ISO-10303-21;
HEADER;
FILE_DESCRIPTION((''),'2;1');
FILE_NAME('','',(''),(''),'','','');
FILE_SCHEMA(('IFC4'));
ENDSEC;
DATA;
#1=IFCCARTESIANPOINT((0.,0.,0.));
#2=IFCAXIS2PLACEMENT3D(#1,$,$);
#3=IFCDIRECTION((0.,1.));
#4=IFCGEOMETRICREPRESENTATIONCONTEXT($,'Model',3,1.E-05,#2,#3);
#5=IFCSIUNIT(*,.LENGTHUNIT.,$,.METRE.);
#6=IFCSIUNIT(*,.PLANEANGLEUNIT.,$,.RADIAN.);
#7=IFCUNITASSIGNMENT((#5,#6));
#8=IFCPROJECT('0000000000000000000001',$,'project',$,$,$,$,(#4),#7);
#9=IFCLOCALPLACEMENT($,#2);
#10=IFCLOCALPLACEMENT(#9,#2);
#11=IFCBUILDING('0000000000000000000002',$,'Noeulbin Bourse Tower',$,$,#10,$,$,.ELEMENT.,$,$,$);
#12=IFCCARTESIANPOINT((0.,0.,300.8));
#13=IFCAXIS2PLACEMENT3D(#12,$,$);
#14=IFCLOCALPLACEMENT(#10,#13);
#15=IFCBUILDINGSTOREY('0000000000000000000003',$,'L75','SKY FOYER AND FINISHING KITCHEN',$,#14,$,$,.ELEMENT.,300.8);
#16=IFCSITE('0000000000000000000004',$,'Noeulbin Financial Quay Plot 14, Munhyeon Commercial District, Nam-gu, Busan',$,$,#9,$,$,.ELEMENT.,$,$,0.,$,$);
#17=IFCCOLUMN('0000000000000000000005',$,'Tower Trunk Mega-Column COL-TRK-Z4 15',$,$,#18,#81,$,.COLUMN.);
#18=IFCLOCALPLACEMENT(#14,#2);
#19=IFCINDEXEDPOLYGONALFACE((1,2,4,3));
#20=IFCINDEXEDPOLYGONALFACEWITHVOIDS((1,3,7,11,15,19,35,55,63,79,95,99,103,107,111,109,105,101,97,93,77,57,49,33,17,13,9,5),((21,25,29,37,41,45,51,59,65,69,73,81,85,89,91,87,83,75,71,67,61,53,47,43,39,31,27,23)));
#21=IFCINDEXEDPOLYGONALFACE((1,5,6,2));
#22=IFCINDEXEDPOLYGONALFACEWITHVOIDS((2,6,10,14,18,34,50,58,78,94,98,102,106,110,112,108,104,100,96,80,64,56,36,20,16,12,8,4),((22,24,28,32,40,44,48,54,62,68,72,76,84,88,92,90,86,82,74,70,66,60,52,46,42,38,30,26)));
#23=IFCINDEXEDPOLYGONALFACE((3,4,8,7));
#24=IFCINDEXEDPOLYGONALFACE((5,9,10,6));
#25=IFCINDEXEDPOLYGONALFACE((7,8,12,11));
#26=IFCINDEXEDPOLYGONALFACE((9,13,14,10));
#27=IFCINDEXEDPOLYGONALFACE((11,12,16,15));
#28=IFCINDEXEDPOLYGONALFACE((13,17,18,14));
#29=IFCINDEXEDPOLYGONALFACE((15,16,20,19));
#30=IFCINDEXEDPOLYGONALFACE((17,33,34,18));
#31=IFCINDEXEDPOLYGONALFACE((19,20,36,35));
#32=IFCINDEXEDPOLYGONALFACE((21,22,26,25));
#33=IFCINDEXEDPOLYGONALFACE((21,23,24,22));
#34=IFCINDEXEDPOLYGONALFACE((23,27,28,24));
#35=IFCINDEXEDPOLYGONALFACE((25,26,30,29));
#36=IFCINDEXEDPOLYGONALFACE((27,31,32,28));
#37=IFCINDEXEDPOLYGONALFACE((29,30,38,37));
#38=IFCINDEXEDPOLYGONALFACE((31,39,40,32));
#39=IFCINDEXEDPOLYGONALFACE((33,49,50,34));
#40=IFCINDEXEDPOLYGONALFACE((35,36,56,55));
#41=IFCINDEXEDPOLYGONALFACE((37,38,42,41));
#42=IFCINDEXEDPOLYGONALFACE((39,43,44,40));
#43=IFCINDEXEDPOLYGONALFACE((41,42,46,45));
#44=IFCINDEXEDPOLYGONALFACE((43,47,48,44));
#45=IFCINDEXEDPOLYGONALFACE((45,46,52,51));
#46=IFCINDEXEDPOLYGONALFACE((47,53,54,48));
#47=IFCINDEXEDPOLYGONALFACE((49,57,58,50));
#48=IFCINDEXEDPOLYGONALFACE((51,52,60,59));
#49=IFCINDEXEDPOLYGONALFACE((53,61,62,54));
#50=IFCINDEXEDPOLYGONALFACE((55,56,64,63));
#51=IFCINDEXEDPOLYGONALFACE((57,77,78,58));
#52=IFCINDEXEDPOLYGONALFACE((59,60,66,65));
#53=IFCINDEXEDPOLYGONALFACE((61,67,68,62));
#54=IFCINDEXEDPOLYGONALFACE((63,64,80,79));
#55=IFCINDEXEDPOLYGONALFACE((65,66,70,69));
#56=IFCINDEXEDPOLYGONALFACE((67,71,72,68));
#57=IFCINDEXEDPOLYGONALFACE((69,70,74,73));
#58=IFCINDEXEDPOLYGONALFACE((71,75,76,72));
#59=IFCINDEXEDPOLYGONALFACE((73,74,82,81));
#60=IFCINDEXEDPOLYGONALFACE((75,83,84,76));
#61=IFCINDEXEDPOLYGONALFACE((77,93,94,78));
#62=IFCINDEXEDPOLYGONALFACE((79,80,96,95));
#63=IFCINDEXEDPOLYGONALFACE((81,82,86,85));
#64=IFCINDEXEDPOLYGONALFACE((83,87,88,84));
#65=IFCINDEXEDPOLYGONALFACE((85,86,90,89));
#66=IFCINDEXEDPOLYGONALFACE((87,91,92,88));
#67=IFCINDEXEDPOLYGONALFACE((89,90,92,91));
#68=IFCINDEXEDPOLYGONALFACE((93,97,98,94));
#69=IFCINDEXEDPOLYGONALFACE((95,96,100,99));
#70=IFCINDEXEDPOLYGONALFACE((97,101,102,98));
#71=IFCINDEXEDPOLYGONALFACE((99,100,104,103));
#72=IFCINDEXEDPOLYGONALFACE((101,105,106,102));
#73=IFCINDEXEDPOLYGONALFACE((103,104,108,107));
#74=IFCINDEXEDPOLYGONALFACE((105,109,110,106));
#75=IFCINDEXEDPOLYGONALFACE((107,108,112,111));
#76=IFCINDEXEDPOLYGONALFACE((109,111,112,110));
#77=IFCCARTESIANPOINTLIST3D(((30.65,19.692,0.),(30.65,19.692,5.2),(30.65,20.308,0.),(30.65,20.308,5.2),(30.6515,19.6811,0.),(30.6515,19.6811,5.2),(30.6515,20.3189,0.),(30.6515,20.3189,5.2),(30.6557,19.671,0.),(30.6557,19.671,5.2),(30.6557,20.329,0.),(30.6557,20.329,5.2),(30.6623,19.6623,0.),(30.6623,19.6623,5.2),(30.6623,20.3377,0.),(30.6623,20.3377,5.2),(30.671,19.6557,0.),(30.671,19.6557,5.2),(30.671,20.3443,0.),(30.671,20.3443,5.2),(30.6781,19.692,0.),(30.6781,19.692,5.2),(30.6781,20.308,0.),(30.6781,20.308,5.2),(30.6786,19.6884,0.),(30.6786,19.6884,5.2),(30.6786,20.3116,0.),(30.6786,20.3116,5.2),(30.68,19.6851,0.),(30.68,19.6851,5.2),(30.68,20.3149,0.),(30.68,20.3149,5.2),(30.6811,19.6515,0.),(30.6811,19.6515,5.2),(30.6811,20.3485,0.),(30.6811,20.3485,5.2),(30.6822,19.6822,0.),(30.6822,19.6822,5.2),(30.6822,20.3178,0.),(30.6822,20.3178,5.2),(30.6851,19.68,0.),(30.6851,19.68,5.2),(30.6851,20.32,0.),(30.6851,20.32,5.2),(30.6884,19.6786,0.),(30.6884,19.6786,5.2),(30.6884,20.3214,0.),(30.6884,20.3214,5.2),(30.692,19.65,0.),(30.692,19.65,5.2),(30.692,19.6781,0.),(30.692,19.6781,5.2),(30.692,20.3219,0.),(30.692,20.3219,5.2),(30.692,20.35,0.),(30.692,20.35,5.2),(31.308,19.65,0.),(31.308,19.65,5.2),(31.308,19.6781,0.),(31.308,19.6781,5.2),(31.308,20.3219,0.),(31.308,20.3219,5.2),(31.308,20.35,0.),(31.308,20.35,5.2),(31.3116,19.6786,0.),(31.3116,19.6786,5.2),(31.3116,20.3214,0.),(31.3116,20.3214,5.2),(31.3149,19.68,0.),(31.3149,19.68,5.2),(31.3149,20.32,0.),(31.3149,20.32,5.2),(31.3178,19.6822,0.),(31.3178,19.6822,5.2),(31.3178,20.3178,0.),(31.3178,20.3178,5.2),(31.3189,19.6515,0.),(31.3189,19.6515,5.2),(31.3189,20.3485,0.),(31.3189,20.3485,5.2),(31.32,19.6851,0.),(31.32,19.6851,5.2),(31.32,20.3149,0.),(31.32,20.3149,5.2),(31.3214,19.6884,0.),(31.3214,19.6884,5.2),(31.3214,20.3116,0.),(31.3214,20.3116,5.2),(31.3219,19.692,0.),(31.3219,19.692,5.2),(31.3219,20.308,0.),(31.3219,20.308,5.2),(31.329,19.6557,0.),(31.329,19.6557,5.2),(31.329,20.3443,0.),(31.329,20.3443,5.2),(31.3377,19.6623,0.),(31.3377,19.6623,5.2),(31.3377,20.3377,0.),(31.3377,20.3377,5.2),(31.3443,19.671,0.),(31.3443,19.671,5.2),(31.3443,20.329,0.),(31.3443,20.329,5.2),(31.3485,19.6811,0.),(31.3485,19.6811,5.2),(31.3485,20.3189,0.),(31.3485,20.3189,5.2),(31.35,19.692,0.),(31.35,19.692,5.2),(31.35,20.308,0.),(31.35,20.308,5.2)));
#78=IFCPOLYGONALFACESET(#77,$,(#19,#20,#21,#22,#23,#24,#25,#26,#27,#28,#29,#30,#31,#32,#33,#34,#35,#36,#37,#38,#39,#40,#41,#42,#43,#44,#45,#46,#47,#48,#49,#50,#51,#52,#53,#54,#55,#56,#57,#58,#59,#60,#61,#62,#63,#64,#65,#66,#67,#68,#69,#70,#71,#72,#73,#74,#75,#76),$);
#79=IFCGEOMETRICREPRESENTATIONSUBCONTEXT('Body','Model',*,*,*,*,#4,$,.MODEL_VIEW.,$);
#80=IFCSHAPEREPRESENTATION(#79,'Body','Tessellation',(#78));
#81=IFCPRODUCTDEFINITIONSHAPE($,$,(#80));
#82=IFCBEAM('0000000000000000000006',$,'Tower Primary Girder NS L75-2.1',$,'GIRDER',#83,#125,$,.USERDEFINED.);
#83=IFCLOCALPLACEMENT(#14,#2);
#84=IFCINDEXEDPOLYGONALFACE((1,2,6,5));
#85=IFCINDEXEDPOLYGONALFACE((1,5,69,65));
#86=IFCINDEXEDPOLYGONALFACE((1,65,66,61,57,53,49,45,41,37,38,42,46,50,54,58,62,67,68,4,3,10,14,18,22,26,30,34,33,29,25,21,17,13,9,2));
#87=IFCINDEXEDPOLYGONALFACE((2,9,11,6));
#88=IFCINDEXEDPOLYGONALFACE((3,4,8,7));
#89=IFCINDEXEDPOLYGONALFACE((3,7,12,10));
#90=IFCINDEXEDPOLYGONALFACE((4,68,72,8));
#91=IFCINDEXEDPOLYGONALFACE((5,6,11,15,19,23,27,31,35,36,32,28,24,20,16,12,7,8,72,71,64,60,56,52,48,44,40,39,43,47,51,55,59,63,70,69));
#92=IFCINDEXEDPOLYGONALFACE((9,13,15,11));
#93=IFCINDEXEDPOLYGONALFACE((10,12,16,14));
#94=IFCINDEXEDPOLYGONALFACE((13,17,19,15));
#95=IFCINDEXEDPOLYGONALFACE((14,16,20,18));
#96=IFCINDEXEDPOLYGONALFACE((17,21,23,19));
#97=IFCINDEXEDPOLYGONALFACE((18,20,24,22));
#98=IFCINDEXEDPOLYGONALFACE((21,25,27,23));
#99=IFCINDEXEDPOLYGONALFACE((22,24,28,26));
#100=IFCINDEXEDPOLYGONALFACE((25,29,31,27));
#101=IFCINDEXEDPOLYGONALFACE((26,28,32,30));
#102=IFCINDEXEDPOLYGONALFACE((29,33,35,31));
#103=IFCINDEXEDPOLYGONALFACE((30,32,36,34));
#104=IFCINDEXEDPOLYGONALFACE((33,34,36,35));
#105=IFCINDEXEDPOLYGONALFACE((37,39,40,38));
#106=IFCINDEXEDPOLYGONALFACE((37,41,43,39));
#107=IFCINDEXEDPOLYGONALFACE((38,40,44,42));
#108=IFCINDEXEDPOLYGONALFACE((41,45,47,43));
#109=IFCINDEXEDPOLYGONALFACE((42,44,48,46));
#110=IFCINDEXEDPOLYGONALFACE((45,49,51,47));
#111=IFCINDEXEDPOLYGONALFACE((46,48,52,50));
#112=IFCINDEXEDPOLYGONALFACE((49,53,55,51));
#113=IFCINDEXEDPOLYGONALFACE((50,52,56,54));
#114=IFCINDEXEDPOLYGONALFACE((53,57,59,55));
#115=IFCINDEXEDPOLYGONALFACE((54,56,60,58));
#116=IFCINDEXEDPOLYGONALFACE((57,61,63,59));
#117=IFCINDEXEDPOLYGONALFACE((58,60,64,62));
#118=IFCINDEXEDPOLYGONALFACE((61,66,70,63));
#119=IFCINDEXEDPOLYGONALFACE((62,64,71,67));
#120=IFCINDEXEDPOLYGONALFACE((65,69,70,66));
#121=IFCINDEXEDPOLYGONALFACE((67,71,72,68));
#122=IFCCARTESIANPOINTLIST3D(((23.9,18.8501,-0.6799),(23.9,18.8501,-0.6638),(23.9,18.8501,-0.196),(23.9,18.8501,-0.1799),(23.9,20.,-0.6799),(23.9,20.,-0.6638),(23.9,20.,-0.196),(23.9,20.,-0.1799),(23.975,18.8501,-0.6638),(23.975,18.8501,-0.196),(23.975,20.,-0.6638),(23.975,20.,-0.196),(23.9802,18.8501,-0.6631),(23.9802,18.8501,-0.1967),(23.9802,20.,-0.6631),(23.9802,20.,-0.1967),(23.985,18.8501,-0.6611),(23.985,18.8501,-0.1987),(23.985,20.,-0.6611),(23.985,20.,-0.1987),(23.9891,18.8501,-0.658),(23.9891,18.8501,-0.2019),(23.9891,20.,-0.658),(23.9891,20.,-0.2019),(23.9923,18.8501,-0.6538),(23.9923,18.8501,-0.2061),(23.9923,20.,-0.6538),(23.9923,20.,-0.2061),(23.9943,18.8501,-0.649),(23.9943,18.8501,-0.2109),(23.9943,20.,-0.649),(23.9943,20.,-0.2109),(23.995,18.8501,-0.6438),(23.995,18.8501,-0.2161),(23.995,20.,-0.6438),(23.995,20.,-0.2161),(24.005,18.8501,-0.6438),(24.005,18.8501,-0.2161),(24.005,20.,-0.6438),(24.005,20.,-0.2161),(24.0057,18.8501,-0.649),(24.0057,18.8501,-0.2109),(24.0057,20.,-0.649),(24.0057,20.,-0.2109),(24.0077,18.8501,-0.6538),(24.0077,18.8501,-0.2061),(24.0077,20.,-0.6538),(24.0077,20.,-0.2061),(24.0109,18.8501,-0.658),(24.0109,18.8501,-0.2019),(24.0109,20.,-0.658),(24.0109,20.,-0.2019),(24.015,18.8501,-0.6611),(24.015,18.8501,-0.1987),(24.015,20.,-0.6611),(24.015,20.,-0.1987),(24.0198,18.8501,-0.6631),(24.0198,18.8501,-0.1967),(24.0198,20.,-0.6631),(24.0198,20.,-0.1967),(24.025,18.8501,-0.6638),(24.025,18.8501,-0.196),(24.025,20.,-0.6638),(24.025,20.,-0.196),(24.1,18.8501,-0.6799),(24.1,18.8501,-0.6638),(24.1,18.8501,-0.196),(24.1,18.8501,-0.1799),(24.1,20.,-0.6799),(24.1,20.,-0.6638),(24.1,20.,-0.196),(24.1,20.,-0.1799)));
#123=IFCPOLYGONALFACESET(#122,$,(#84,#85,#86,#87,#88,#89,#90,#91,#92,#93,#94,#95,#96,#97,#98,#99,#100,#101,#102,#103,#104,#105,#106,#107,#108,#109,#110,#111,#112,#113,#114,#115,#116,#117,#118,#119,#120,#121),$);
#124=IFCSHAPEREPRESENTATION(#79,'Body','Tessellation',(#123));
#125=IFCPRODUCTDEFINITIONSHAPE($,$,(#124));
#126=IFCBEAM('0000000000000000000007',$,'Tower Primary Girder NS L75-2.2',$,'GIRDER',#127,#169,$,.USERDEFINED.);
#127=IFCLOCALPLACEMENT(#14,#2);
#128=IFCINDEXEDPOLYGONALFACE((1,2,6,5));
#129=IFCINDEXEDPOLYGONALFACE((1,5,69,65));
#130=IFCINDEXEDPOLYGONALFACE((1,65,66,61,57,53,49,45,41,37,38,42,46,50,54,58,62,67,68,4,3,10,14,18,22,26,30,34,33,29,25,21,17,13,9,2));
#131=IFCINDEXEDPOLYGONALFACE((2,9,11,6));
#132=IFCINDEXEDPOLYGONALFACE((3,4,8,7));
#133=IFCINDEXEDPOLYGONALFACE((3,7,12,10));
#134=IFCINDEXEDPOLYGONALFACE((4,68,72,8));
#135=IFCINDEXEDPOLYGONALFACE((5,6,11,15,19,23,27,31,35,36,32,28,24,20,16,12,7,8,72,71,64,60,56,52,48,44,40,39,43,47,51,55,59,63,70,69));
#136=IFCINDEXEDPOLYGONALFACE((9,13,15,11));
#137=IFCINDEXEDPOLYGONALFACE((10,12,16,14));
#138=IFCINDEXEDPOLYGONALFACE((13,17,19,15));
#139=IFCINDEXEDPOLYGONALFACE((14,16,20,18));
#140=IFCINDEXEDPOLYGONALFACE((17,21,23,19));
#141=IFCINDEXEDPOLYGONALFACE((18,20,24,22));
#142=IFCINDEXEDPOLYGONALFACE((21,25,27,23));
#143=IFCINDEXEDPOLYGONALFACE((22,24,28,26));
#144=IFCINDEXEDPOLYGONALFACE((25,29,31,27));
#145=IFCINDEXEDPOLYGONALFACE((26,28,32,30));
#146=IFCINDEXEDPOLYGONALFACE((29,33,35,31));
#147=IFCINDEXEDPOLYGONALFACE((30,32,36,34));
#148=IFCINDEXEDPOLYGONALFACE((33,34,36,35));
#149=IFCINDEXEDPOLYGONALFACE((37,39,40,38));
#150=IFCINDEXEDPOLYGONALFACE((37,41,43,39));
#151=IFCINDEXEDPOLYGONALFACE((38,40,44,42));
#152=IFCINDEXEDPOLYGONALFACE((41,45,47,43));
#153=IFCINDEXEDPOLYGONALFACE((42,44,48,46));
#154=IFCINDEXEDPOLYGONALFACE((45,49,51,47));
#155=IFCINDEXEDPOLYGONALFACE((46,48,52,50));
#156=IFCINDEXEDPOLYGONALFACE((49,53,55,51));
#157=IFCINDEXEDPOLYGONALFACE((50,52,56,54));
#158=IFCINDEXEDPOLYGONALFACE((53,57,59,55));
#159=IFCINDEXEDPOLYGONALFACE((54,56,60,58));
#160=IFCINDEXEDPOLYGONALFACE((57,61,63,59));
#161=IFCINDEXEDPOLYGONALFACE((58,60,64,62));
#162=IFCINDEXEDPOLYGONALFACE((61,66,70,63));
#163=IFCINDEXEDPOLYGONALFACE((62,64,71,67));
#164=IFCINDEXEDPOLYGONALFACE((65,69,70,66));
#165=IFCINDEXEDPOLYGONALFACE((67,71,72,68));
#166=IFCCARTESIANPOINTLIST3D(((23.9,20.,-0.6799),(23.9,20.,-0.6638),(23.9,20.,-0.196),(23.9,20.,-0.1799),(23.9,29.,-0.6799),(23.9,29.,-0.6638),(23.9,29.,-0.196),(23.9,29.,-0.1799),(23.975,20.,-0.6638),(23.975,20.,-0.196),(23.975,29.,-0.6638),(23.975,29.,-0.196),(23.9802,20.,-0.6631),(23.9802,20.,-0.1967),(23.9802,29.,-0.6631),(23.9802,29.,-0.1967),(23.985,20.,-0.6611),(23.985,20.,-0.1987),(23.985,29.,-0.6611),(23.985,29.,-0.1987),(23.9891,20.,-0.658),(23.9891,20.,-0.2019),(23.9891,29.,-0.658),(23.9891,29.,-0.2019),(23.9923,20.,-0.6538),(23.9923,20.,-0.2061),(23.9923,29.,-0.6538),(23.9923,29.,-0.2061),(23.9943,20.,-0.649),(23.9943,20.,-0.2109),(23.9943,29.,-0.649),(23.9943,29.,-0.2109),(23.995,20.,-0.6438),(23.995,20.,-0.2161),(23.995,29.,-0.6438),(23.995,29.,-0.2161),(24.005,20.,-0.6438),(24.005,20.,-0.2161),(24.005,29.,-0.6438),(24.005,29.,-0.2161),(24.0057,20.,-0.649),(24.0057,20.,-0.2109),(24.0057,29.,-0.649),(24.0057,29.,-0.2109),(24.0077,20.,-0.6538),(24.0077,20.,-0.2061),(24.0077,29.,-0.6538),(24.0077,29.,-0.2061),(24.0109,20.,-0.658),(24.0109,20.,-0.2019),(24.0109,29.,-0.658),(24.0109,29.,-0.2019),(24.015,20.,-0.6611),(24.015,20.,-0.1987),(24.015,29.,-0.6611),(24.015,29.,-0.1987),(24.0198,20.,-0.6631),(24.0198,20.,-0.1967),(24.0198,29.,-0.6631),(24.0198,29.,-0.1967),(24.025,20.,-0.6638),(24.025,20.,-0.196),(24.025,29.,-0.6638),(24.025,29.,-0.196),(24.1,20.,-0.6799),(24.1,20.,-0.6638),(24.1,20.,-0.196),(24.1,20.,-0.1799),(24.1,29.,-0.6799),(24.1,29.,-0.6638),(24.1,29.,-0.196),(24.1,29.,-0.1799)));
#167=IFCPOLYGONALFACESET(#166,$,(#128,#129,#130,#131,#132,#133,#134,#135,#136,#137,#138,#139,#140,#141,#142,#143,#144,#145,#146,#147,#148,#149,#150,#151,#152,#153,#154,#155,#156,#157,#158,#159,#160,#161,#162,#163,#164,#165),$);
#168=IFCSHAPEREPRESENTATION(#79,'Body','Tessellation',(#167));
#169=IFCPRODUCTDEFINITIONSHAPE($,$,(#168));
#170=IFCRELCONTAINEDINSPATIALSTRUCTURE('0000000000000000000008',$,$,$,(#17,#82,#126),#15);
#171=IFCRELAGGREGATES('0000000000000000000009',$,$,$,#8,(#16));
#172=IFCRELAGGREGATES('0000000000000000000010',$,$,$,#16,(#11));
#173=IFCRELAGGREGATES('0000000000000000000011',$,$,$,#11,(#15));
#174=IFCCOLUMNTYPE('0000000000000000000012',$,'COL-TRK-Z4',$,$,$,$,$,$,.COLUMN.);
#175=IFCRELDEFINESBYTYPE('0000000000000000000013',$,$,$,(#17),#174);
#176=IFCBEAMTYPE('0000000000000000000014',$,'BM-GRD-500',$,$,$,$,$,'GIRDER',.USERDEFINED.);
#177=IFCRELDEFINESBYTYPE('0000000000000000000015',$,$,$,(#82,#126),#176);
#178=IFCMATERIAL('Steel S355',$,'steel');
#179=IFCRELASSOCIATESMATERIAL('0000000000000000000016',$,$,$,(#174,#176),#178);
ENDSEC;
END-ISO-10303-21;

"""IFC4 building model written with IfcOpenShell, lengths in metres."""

from ifc_helpers import new_model, si_unit, direction, frame, origin, origin_2d, place, context, subcontext, project, spatial, hollow_rectangle, i_section, extrude, material, material_profile, profile_set, type_object, element, save


model = new_model("IFC4")

# Units and contexts
model_context = context("Model", 3, precision=1e-05, world=origin(), true_north=direction((0.0, 1.0)))
body_context = subcontext(model_context, "Body", "Model", "MODEL_VIEW")
ifc_project = project(units=[si_unit("LENGTHUNIT", "METRE"), si_unit("PLANEANGLEUNIT", "RADIAN")], contexts=[model_context])

# Site, building, storey
site_placement = place(None, origin())
site = spatial("IfcSite", under=ifc_project, at=site_placement, Name="Noeulbin Financial Quay Plot 14, Munhyeon Commercial District, Nam-gu, Busan", CompositionType="ELEMENT", RefElevation=0.0)
building_placement = place(site_placement, origin())
building = spatial("IfcBuilding", under=site, at=building_placement, Name="Noeulbin Bourse Tower", CompositionType="ELEMENT")
storey_placement = place(building_placement, frame((0.0, 0.0, 300.8)))
storey = spatial("IfcBuildingStorey", under=building, at=storey_placement, Name="L75", Description="SKY FOYER AND FINISHING KITCHEN", CompositionType="ELEMENT", Elevation=300.8)

# Column
ifc_material_1 = material(Name="Steel S355", Category="steel")
ifc_material_profile_1 = material_profile(ifc_material_1, hollow_rectangle(XDim=0.7, YDim=0.7, WallThickness=0.0281, InnerFilletRadius=0.0139, OuterFilletRadius=0.042, at=origin_2d()), Name="BOX-700x700x28", Category="LoadBearing")
ifc_profile_set_1 = profile_set([ifc_material_profile_1], Name="Steel S355")
column_type = type_object("IfcColumnType", Name="COL-TRK-Z4", PredefinedType="COLUMN", material=ifc_profile_set_1)
for number, where, z_axis, x_axis, name in (
    (1, (31.0, 20.0, 0.0), (0.0, 0.0, 1.0), (1.0, 0.0, 0.0), "Tower Trunk Mega-Column COL-TRK-Z4 15"),
):
    element("IfcColumn", number, at=place(storey_placement, frame(where, z_axis=z_axis, x_axis=x_axis)), inside=storey, type_object=column_type, Name=name, PredefinedType="COLUMN", context=body_context, shape_type="SweptSolid", body=[
        extrude(hollow_rectangle(XDim=0.7, YDim=0.7, WallThickness=0.0281, InnerFilletRadius=0.0139, OuterFilletRadius=0.042, at=origin_2d()), origin(), (0.0, 0.0, 1.0), 5.2),
    ])

# Beams
ifc_material_profile_2 = material_profile(ifc_material_1, i_section(OverallWidth=0.2, OverallDepth=0.5, WebThickness=0.01, FlangeThickness=0.0161, FilletRadius=0.02, at=origin_2d()), Name="H-500x200x10x16", Category="LoadBearing")
ifc_profile_set_2 = profile_set([ifc_material_profile_2], Name="Steel S355")
beam_type_1 = type_object("IfcBeamType", Name="BM-GRD-500", ElementType="GIRDER", PredefinedType="USERDEFINED", material=ifc_profile_set_2)
beam_1_placement = place(storey_placement, frame((24.0, 18.8501, -0.4299), z_axis=(0.0, 1.0, 0.0), x_axis=(-1.0, 0.0, 0.0)))
element("IfcBeam", 2, at=beam_1_placement, inside=storey, type_object=beam_type_1, Name="Tower Primary Girder NS L75-2.1", ObjectType="GIRDER", PredefinedType="USERDEFINED", context=body_context, shape_type="SweptSolid", body=[
    extrude(i_section(OverallWidth=0.2, OverallDepth=0.5, WebThickness=0.01, FlangeThickness=0.0161, FilletRadius=0.02, at=origin_2d()), origin(), (0.0, 0.0, 1.0), 1.1499),
])
beam_2_placement = place(storey_placement, frame((24.0, 20.0, -0.4299), z_axis=(0.0, 1.0, 0.0), x_axis=(-1.0, 0.0, 0.0)))
element("IfcBeam", 3, at=beam_2_placement, inside=storey, type_object=beam_type_1, Name="Tower Primary Girder NS L75-2.2", ObjectType="GIRDER", PredefinedType="USERDEFINED", context=body_context, shape_type="SweptSolid", body=[
    extrude(i_section(OverallWidth=0.2, OverallDepth=0.5, WebThickness=0.01, FlangeThickness=0.0161, FilletRadius=0.02, at=origin_2d()), origin(), (0.0, 0.0, 1.0), 9.0),
])

save(model, "model.ifc")
